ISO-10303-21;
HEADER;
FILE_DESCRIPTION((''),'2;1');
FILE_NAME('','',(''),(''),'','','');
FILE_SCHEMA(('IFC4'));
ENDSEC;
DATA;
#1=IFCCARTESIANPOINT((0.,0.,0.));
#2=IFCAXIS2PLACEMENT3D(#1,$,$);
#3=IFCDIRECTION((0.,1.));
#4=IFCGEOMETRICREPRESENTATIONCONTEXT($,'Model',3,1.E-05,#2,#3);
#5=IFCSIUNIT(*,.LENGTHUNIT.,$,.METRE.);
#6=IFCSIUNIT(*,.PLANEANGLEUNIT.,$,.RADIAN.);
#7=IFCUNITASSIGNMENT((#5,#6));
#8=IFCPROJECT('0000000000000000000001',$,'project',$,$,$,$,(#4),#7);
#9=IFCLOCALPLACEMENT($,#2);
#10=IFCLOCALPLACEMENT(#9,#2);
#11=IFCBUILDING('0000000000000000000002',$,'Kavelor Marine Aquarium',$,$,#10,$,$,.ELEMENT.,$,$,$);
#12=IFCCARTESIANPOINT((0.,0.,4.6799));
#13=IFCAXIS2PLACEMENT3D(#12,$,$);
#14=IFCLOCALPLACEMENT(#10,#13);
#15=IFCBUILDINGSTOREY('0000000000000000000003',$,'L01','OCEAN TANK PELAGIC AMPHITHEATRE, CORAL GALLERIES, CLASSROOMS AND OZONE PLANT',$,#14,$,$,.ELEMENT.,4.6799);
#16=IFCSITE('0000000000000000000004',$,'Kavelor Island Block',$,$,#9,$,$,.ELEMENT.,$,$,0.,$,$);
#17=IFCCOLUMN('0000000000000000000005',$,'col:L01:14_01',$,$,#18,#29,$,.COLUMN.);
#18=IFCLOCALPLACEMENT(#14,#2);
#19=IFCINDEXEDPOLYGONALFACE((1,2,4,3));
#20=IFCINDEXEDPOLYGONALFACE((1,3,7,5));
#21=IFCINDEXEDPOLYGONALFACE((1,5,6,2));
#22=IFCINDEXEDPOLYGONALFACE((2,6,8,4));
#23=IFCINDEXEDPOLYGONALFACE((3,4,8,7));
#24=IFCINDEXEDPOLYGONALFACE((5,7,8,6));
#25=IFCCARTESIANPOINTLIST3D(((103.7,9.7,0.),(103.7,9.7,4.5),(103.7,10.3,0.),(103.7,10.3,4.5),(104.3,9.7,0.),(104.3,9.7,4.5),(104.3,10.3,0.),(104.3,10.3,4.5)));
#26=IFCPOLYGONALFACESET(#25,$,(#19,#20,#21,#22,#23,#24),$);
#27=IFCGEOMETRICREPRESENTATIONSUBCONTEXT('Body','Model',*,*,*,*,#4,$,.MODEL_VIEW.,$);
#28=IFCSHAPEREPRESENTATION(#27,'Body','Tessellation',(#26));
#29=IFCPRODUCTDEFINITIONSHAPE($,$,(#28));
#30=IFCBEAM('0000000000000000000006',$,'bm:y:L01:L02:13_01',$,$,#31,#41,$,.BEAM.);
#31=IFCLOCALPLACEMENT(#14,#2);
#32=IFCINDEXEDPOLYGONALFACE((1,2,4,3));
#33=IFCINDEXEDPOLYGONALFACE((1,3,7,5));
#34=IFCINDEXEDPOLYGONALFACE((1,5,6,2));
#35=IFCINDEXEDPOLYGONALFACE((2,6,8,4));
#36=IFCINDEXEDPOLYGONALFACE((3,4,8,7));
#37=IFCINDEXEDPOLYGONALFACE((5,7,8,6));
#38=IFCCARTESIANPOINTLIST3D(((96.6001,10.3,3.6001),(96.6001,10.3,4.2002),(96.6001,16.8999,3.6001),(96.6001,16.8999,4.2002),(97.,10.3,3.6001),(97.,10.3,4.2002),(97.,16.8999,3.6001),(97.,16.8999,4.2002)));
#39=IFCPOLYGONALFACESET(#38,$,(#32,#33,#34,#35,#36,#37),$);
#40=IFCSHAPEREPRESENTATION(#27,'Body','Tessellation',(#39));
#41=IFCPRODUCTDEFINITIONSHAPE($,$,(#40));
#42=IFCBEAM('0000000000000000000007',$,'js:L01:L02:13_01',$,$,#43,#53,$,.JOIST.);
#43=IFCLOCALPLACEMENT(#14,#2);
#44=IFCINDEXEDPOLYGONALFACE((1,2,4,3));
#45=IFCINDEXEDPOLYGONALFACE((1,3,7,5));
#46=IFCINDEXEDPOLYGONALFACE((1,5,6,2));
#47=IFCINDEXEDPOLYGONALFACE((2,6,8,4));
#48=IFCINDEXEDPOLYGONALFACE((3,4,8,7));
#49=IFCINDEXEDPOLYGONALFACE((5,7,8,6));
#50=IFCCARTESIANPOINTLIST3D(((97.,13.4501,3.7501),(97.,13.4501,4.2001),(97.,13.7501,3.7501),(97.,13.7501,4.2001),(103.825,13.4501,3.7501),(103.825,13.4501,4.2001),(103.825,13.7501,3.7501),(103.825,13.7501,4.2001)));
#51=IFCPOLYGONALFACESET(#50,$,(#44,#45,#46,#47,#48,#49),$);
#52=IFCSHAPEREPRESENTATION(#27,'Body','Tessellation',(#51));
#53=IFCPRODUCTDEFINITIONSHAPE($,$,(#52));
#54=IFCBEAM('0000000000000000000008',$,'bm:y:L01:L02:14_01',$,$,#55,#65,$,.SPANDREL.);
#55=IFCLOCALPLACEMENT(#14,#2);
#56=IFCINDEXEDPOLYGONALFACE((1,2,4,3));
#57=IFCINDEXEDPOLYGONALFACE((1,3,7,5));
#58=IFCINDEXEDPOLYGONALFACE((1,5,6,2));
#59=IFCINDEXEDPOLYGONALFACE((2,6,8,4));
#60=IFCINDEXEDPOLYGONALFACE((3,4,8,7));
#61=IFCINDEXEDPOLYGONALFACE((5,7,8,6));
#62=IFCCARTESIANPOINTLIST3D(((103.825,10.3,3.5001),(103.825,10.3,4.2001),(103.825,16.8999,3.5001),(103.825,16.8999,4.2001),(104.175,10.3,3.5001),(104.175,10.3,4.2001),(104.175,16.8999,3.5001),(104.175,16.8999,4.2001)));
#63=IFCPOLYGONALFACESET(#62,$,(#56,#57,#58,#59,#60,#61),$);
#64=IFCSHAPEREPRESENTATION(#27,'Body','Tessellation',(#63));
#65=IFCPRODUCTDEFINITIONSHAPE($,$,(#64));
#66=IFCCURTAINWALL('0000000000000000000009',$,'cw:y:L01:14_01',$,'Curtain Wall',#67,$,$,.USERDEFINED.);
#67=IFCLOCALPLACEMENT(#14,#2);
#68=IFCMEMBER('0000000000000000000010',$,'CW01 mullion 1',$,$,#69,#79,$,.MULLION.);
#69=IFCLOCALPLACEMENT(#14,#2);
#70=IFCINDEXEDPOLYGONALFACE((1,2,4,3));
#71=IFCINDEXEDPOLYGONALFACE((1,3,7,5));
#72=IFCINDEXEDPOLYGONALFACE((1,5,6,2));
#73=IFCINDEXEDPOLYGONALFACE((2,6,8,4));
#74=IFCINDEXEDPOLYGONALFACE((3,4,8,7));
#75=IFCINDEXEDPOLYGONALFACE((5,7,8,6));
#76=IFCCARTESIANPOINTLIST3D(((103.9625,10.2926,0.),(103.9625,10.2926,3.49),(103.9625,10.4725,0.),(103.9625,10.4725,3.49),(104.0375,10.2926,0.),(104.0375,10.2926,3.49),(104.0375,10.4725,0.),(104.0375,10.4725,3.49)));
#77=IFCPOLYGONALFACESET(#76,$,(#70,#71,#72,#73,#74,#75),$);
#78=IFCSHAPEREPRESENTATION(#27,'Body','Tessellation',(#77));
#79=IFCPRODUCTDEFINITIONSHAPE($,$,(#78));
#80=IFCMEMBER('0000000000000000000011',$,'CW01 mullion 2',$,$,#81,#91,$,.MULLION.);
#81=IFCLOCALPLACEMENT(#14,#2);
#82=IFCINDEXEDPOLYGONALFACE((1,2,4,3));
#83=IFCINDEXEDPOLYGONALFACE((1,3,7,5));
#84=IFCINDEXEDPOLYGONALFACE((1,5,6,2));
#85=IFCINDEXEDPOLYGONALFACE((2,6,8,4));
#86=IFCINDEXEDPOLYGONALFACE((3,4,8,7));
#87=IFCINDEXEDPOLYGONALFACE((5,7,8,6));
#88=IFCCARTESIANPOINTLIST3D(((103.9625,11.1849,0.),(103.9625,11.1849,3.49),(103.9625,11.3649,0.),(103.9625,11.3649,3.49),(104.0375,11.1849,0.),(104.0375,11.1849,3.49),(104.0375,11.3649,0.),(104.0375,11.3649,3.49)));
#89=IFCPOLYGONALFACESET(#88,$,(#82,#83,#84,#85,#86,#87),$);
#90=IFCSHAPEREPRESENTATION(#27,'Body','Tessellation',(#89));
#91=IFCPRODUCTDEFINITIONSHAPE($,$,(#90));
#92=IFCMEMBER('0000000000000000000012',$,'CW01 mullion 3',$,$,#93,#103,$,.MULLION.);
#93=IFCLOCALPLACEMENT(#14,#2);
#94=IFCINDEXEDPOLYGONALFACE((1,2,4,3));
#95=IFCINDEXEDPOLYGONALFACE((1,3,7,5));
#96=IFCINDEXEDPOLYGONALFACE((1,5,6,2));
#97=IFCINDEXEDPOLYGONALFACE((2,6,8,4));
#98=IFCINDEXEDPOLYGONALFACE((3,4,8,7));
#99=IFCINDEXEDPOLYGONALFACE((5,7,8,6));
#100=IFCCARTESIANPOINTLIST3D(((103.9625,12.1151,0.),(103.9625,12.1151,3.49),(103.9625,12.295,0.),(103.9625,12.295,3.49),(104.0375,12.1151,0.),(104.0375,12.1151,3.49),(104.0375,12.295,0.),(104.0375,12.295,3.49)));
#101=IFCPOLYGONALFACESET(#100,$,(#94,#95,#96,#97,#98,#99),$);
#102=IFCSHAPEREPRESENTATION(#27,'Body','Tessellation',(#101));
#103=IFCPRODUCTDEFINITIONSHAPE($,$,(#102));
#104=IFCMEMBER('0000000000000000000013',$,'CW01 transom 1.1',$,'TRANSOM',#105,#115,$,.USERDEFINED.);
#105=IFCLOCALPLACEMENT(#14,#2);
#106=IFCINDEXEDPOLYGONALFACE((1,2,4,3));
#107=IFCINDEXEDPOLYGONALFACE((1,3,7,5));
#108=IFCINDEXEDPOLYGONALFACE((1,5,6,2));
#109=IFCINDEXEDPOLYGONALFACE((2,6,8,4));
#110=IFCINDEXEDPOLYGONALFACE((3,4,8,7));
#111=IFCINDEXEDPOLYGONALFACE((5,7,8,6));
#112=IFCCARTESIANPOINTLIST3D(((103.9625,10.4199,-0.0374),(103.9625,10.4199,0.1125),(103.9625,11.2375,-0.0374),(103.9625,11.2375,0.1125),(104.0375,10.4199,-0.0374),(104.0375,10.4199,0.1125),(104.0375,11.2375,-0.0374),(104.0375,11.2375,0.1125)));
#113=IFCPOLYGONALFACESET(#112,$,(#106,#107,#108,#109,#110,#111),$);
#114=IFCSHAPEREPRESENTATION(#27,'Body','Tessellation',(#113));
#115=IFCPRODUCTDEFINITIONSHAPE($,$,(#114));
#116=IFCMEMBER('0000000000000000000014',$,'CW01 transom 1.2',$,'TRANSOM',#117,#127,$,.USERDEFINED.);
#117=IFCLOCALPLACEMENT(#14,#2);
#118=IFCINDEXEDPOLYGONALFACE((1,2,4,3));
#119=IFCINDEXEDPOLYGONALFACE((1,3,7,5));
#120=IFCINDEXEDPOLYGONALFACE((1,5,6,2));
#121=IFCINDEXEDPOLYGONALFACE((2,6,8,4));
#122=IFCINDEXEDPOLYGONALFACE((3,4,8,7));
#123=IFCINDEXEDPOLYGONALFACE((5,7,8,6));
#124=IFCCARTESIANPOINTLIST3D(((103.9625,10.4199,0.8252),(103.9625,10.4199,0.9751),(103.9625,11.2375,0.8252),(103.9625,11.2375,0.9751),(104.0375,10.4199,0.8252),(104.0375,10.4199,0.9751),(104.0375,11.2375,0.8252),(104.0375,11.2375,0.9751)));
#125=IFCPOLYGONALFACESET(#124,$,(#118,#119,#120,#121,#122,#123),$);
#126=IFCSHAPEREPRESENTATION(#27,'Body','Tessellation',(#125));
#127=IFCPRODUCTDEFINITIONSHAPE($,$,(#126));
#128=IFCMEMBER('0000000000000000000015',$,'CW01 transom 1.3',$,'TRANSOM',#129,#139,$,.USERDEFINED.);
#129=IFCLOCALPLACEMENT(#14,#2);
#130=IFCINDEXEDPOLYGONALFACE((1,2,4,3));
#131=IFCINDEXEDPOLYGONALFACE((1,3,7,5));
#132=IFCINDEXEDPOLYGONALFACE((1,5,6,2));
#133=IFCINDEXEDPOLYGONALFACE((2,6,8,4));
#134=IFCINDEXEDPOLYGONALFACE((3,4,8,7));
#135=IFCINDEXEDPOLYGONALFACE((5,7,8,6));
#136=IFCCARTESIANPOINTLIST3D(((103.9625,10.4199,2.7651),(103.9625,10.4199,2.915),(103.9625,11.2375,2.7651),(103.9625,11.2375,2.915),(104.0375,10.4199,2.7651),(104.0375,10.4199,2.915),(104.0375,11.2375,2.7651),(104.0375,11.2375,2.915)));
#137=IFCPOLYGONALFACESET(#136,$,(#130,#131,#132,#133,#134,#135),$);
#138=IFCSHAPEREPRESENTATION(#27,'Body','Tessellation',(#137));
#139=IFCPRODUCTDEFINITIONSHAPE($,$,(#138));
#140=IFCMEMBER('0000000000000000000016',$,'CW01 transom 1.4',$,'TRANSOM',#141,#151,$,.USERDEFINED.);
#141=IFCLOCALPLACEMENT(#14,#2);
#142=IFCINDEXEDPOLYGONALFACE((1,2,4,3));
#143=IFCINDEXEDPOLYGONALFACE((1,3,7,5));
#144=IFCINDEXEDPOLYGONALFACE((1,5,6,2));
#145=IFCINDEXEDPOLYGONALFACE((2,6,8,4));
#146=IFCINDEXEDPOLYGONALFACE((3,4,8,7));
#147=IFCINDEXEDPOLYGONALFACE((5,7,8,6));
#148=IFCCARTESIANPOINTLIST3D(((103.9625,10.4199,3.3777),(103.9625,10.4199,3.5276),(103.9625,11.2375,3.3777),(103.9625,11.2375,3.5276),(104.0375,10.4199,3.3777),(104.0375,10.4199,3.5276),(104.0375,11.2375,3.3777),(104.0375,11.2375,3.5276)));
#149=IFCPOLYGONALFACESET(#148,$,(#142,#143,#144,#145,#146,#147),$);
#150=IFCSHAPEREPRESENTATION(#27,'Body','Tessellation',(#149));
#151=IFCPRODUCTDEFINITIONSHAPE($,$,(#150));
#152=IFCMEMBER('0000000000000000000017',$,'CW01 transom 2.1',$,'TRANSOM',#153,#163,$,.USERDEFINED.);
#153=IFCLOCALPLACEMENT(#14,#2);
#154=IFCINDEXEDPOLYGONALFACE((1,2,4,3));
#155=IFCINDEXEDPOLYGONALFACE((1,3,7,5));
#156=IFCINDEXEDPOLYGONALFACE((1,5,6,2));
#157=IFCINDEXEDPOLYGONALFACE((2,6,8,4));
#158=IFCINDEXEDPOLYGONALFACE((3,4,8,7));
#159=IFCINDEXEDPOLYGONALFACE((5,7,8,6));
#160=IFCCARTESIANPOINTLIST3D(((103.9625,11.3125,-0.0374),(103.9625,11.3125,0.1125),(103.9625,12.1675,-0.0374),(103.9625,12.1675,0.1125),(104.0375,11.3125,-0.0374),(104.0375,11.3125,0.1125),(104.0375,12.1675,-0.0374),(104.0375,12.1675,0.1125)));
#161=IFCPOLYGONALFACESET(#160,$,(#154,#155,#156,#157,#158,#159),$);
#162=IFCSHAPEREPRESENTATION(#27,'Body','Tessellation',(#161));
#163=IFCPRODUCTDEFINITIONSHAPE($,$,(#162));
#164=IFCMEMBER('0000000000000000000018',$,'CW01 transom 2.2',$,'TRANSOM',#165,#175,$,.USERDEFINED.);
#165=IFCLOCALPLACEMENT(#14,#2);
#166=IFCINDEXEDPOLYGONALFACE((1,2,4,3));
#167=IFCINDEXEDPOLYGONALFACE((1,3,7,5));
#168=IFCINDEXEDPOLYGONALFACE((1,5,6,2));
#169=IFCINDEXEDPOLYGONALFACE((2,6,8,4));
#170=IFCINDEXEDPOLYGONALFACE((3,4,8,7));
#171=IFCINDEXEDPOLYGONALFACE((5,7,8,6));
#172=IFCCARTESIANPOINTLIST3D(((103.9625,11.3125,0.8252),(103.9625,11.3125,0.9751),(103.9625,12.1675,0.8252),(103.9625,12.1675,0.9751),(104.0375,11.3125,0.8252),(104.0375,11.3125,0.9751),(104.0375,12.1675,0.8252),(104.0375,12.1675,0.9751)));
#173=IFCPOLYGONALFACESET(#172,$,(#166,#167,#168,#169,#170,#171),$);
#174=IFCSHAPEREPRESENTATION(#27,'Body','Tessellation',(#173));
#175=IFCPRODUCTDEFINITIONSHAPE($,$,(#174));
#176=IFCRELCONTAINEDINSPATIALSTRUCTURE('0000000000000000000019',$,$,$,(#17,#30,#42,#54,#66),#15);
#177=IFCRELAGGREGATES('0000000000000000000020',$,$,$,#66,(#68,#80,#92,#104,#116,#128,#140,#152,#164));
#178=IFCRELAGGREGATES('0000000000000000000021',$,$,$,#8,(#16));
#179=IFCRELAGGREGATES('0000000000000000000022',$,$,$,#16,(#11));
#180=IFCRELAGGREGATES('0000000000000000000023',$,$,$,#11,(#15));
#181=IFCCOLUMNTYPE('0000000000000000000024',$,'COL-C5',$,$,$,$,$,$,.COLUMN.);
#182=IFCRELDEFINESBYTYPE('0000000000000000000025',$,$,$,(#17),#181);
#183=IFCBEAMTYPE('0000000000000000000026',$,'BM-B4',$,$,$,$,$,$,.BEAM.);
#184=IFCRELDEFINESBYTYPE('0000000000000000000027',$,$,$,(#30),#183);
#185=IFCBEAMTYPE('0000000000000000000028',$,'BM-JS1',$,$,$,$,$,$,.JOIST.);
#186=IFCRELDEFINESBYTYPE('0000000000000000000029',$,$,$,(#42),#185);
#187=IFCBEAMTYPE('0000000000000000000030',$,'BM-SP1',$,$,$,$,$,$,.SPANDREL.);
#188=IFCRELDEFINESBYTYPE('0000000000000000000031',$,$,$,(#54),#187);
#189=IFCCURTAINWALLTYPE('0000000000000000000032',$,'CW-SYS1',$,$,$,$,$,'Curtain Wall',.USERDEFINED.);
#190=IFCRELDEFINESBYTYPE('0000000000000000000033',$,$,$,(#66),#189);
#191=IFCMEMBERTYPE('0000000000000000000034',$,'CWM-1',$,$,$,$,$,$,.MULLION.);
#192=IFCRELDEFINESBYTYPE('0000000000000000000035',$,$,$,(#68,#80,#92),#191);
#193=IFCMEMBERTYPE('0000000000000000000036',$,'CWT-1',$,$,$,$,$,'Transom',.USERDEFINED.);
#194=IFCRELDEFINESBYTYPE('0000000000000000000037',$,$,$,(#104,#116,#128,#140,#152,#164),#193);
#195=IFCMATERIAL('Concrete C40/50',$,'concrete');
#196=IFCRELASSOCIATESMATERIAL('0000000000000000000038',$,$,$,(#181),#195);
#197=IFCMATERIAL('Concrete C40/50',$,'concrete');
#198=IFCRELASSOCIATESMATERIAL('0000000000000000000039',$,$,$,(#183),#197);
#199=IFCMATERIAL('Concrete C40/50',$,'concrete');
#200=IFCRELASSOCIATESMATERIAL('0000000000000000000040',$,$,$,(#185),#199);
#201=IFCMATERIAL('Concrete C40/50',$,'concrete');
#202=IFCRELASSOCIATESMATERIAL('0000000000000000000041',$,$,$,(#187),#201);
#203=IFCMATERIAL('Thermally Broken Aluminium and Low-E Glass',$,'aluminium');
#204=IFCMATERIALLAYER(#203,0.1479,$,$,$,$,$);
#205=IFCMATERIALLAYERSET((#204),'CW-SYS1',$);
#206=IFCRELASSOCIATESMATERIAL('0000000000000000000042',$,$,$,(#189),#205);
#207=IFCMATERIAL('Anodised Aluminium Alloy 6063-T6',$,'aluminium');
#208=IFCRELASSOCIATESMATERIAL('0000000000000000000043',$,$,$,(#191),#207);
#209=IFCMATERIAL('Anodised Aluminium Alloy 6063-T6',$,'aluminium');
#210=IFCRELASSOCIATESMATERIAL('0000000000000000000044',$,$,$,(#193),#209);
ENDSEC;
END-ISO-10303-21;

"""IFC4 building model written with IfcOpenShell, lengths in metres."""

from ifc_helpers import new_model, si_unit, direction, frame, origin, origin_2d, place, context, subcontext, project, spatial, rectangle, extrude, material, layer, layer_set, material_profile, profile_set, type_object, element, aggregate, save


model = new_model("IFC4")

# Units and contexts
model_context = context("Model", 3, precision=1e-05, world=origin(), true_north=direction((0.0, 1.0)))
body_context = subcontext(model_context, "Body", "Model", "MODEL_VIEW")
ifc_project = project(units=[si_unit("LENGTHUNIT", "METRE"), si_unit("PLANEANGLEUNIT", "RADIAN")], contexts=[model_context])

# Site, building, storey
site_placement = place(None, origin())
site = spatial("IfcSite", under=ifc_project, at=site_placement, Name="Kavelor Island Block", CompositionType="ELEMENT", RefElevation=0.0)
building_placement = place(site_placement, origin())
building = spatial("IfcBuilding", under=site, at=building_placement, Name="Kavelor Marine Aquarium", CompositionType="ELEMENT")
storey_placement = place(building_placement, frame((0.0, 0.0, 4.6799)))
storey = spatial("IfcBuildingStorey", under=building, at=storey_placement, Name="L01", Description="OCEAN TANK PELAGIC AMPHITHEATRE, CORAL GALLERIES, CLASSROOMS AND OZONE PLANT", CompositionType="ELEMENT", Elevation=4.6799)

# Column
ifc_material_1 = material(Name="Concrete C40/50", Category="concrete")
ifc_material_profile_1 = material_profile(ifc_material_1, rectangle(XDim=0.6001, YDim=0.6001, at=origin_2d()), Name="RC-COL 600x600")
ifc_profile_set_1 = profile_set([ifc_material_profile_1], Name="Concrete C40/50")
column_type = type_object("IfcColumnType", Name="COL-C5", PredefinedType="COLUMN", material=ifc_profile_set_1)
column_placement = place(storey_placement, frame((104.0, 10.0, 0.0), z_axis=(0.0, 0.0, 1.0), x_axis=(1.0, 0.0, 0.0)))
element("IfcColumn", 1, at=column_placement, inside=storey, type_object=column_type, Name="col:L01:14_01", PredefinedType="COLUMN", context=body_context, shape_type="SweptSolid", body=[
    extrude(rectangle(XDim=0.6001, YDim=0.6001, at=origin_2d()), origin(), (0.0, 0.0, 1.0), 4.5),
])

# Beams
ifc_material_2 = material(Name="Concrete C40/50", Category="concrete")
ifc_material_profile_2 = material_profile(ifc_material_2, rectangle(XDim=0.3999, YDim=0.6001, at=origin_2d()), Name="RC-BM 400x600")
ifc_profile_set_2 = profile_set([ifc_material_profile_2], Name="Concrete C40/50")
beam_type_1 = type_object("IfcBeamType", Name="BM-B4", PredefinedType="BEAM", material=ifc_profile_set_2)
beam_1_placement = place(storey_placement, frame((96.8, 10.3, 3.9001), z_axis=(0.0, 1.0, 0.0), x_axis=(-1.0, 0.0, 0.0)))
element("IfcBeam", 2, at=beam_1_placement, inside=storey, type_object=beam_type_1, Name="bm:y:L01:L02:13_01", PredefinedType="BEAM", context=body_context, shape_type="SweptSolid", body=[
    extrude(rectangle(XDim=0.3999, YDim=0.6001, at=origin_2d()), origin(), (0.0, 0.0, 1.0), 6.5999),
])
ifc_material_3 = material(Name="Concrete C40/50", Category="concrete")
ifc_material_profile_3 = material_profile(ifc_material_3, rectangle(XDim=0.3, YDim=0.45, at=origin_2d()), Name="RC-JS 300x450")
ifc_profile_set_3 = profile_set([ifc_material_profile_3], Name="Concrete C40/50")
beam_type_2 = type_object("IfcBeamType", Name="BM-JS1", PredefinedType="JOIST", material=ifc_profile_set_3)
beam_2_placement = place(storey_placement, frame((97.0, 13.6001, 3.9751), z_axis=(1.0, 0.0, 0.0), x_axis=(0.0, 1.0, 0.0)))
element("IfcBeam", 3, at=beam_2_placement, inside=storey, type_object=beam_type_2, Name="js:L01:L02:13_01", PredefinedType="JOIST", context=body_context, shape_type="SweptSolid", body=[
    extrude(rectangle(XDim=0.3, YDim=0.45, at=origin_2d()), origin(), (0.0, 0.0, 1.0), 6.825),
])
ifc_material_4 = material(Name="Concrete C40/50", Category="concrete")
ifc_material_profile_4 = material_profile(ifc_material_4, rectangle(XDim=0.3501, YDim=0.7, at=origin_2d()), Name="RC-SP 350x700")
ifc_profile_set_4 = profile_set([ifc_material_profile_4], Name="Concrete C40/50")
beam_type_3 = type_object("IfcBeamType", Name="BM-SP1", PredefinedType="SPANDREL", material=ifc_profile_set_4)
beam_3_placement = place(storey_placement, frame((104.0, 10.3, 3.8501), z_axis=(0.0, 1.0, 0.0), x_axis=(-1.0, 0.0, 0.0)))
element("IfcBeam", 4, at=beam_3_placement, inside=storey, type_object=beam_type_3, Name="bm:y:L01:L02:14_01", PredefinedType="SPANDREL", context=body_context, shape_type="SweptSolid", body=[
    extrude(rectangle(XDim=0.3501, YDim=0.7, at=origin_2d()), origin(), (0.0, 0.0, 1.0), 6.5999),
])

# Curtain wall, members
ifc_material_5 = material(Name="Thermally Broken Aluminium and Low-E Glass", Category="aluminium")
ifc_layer_1 = layer(ifc_material_5, 0.1479)
ifc_layer_set_1 = layer_set([ifc_layer_1], Name="CW-SYS1")
curtain_wall_type = type_object("IfcCurtainWallType", Name="CW-SYS1", ElementType="Curtain Wall", PredefinedType="USERDEFINED", material=ifc_layer_set_1)
curtain_wall_placement = place(storey_placement, origin())
curtain_wall = element("IfcCurtainWall", 5, at=curtain_wall_placement, inside=storey, type_object=curtain_wall_type, Name="cw:y:L01:14_01", ObjectType="Curtain Wall", PredefinedType="USERDEFINED")
ifc_material_6 = material(Name="Anodised Aluminium Alloy 6063-T6", Category="aluminium")
ifc_material_profile_5 = material_profile(ifc_material_6, rectangle(XDim=0.075, YDim=0.1799, at=origin_2d()), Name="CW-MUL 75x180")
ifc_profile_set_5 = profile_set([ifc_material_profile_5], Name="Anodised Aluminium Alloy 6063-T6")
member_type_1 = type_object("IfcMemberType", Name="CWM-1", PredefinedType="MULLION", material=ifc_profile_set_5)
member_1_placement = place(storey_placement, frame((104.0, 10.3826, 0.0), z_axis=(0.0, 0.0, 1.0), x_axis=(-1.0, 0.0, 0.0)))
member_1 = element("IfcMember", 6, at=member_1_placement, type_object=member_type_1, Name="CW01 mullion 1", PredefinedType="MULLION", context=body_context, shape_type="SweptSolid", body=[
    extrude(rectangle(XDim=0.075, YDim=0.1799, at=origin_2d()), origin(), (0.0, 0.0, 1.0), 3.49),
])
member_2_placement = place(storey_placement, frame((104.0, 11.2749, 0.0), z_axis=(0.0, 0.0, 1.0), x_axis=(-1.0, 0.0, 0.0)))
member_2 = element("IfcMember", 7, at=member_2_placement, type_object=member_type_1, Name="CW01 mullion 2", PredefinedType="MULLION", context=body_context, shape_type="SweptSolid", body=[
    extrude(rectangle(XDim=0.075, YDim=0.1799, at=origin_2d()), origin(), (0.0, 0.0, 1.0), 3.49),
])
member_3_placement = place(storey_placement, frame((104.0, 12.2051, 0.0), z_axis=(0.0, 0.0, 1.0), x_axis=(-1.0, 0.0, 0.0)))
member_3 = element("IfcMember", 8, at=member_3_placement, type_object=member_type_1, Name="CW01 mullion 3", PredefinedType="MULLION", context=body_context, shape_type="SweptSolid", body=[
    extrude(rectangle(XDim=0.075, YDim=0.1799, at=origin_2d()), origin(), (0.0, 0.0, 1.0), 3.49),
])
ifc_material_7 = material(Name="Anodised Aluminium Alloy 6063-T6", Category="aluminium")
ifc_material_profile_6 = material_profile(ifc_material_7, rectangle(XDim=0.075, YDim=0.1499, at=origin_2d()), Name="CW-TRN 75x150")
ifc_profile_set_6 = profile_set([ifc_material_profile_6], Name="Anodised Aluminium Alloy 6063-T6")
member_type_2 = type_object("IfcMemberType", Name="CWT-1", ElementType="Transom", PredefinedType="USERDEFINED", material=ifc_profile_set_6)
member_4_placement = place(storey_placement, frame((104.0, 10.4199, 0.0376), z_axis=(0.0, 1.0, 0.0), x_axis=(-1.0, 0.0, 0.0)))
member_4 = element("IfcMember", 9, at=member_4_placement, type_object=member_type_2, Name="CW01 transom 1.1", ObjectType="TRANSOM", PredefinedType="USERDEFINED", context=body_context, shape_type="SweptSolid", body=[
    extrude(rectangle(XDim=0.075, YDim=0.1499, at=origin_2d()), origin(), (0.0, 0.0, 1.0), 0.8176),
])
member_5_placement = place(storey_placement, frame((104.0, 10.4199, 0.9001), z_axis=(0.0, 1.0, 0.0), x_axis=(-1.0, 0.0, 0.0)))
member_5 = element("IfcMember", 10, at=member_5_placement, type_object=member_type_2, Name="CW01 transom 1.2", ObjectType="TRANSOM", PredefinedType="USERDEFINED", context=body_context, shape_type="SweptSolid", body=[
    extrude(rectangle(XDim=0.075, YDim=0.1499, at=origin_2d()), origin(), (0.0, 0.0, 1.0), 0.8176),
])
member_6_placement = place(storey_placement, frame((104.0, 10.4199, 2.8401), z_axis=(0.0, 1.0, 0.0), x_axis=(-1.0, 0.0, 0.0)))
member_6 = element("IfcMember", 11, at=member_6_placement, type_object=member_type_2, Name="CW01 transom 1.3", ObjectType="TRANSOM", PredefinedType="USERDEFINED", context=body_context, shape_type="SweptSolid", body=[
    extrude(rectangle(XDim=0.075, YDim=0.1499, at=origin_2d()), origin(), (0.0, 0.0, 1.0), 0.8176),
])
member_7_placement = place(storey_placement, frame((104.0, 10.4199, 3.4526), z_axis=(0.0, 1.0, 0.0), x_axis=(-1.0, 0.0, 0.0)))
member_7 = element("IfcMember", 12, at=member_7_placement, type_object=member_type_2, Name="CW01 transom 1.4", ObjectType="TRANSOM", PredefinedType="USERDEFINED", context=body_context, shape_type="SweptSolid", body=[
    extrude(rectangle(XDim=0.075, YDim=0.1499, at=origin_2d()), origin(), (0.0, 0.0, 1.0), 0.8176),
])
member_8_placement = place(storey_placement, frame((104.0, 11.3125, 0.0376), z_axis=(0.0, 1.0, 0.0), x_axis=(-1.0, 0.0, 0.0)))
member_8 = element("IfcMember", 13, at=member_8_placement, type_object=member_type_2, Name="CW01 transom 2.1", ObjectType="TRANSOM", PredefinedType="USERDEFINED", context=body_context, shape_type="SweptSolid", body=[
    extrude(rectangle(XDim=0.075, YDim=0.1499, at=origin_2d()), origin(), (0.0, 0.0, 1.0), 0.855),
])
member_9_placement = place(storey_placement, frame((104.0, 11.3125, 0.9001), z_axis=(0.0, 1.0, 0.0), x_axis=(-1.0, 0.0, 0.0)))
member_9 = element("IfcMember", 14, at=member_9_placement, type_object=member_type_2, Name="CW01 transom 2.2", ObjectType="TRANSOM", PredefinedType="USERDEFINED", context=body_context, shape_type="SweptSolid", body=[
    extrude(rectangle(XDim=0.075, YDim=0.1499, at=origin_2d()), origin(), (0.0, 0.0, 1.0), 0.855),
])
aggregate(curtain_wall, [member_1, member_2, member_3, member_4, member_5, member_6, member_7, member_8, member_9])

save(model, "model.ifc")
